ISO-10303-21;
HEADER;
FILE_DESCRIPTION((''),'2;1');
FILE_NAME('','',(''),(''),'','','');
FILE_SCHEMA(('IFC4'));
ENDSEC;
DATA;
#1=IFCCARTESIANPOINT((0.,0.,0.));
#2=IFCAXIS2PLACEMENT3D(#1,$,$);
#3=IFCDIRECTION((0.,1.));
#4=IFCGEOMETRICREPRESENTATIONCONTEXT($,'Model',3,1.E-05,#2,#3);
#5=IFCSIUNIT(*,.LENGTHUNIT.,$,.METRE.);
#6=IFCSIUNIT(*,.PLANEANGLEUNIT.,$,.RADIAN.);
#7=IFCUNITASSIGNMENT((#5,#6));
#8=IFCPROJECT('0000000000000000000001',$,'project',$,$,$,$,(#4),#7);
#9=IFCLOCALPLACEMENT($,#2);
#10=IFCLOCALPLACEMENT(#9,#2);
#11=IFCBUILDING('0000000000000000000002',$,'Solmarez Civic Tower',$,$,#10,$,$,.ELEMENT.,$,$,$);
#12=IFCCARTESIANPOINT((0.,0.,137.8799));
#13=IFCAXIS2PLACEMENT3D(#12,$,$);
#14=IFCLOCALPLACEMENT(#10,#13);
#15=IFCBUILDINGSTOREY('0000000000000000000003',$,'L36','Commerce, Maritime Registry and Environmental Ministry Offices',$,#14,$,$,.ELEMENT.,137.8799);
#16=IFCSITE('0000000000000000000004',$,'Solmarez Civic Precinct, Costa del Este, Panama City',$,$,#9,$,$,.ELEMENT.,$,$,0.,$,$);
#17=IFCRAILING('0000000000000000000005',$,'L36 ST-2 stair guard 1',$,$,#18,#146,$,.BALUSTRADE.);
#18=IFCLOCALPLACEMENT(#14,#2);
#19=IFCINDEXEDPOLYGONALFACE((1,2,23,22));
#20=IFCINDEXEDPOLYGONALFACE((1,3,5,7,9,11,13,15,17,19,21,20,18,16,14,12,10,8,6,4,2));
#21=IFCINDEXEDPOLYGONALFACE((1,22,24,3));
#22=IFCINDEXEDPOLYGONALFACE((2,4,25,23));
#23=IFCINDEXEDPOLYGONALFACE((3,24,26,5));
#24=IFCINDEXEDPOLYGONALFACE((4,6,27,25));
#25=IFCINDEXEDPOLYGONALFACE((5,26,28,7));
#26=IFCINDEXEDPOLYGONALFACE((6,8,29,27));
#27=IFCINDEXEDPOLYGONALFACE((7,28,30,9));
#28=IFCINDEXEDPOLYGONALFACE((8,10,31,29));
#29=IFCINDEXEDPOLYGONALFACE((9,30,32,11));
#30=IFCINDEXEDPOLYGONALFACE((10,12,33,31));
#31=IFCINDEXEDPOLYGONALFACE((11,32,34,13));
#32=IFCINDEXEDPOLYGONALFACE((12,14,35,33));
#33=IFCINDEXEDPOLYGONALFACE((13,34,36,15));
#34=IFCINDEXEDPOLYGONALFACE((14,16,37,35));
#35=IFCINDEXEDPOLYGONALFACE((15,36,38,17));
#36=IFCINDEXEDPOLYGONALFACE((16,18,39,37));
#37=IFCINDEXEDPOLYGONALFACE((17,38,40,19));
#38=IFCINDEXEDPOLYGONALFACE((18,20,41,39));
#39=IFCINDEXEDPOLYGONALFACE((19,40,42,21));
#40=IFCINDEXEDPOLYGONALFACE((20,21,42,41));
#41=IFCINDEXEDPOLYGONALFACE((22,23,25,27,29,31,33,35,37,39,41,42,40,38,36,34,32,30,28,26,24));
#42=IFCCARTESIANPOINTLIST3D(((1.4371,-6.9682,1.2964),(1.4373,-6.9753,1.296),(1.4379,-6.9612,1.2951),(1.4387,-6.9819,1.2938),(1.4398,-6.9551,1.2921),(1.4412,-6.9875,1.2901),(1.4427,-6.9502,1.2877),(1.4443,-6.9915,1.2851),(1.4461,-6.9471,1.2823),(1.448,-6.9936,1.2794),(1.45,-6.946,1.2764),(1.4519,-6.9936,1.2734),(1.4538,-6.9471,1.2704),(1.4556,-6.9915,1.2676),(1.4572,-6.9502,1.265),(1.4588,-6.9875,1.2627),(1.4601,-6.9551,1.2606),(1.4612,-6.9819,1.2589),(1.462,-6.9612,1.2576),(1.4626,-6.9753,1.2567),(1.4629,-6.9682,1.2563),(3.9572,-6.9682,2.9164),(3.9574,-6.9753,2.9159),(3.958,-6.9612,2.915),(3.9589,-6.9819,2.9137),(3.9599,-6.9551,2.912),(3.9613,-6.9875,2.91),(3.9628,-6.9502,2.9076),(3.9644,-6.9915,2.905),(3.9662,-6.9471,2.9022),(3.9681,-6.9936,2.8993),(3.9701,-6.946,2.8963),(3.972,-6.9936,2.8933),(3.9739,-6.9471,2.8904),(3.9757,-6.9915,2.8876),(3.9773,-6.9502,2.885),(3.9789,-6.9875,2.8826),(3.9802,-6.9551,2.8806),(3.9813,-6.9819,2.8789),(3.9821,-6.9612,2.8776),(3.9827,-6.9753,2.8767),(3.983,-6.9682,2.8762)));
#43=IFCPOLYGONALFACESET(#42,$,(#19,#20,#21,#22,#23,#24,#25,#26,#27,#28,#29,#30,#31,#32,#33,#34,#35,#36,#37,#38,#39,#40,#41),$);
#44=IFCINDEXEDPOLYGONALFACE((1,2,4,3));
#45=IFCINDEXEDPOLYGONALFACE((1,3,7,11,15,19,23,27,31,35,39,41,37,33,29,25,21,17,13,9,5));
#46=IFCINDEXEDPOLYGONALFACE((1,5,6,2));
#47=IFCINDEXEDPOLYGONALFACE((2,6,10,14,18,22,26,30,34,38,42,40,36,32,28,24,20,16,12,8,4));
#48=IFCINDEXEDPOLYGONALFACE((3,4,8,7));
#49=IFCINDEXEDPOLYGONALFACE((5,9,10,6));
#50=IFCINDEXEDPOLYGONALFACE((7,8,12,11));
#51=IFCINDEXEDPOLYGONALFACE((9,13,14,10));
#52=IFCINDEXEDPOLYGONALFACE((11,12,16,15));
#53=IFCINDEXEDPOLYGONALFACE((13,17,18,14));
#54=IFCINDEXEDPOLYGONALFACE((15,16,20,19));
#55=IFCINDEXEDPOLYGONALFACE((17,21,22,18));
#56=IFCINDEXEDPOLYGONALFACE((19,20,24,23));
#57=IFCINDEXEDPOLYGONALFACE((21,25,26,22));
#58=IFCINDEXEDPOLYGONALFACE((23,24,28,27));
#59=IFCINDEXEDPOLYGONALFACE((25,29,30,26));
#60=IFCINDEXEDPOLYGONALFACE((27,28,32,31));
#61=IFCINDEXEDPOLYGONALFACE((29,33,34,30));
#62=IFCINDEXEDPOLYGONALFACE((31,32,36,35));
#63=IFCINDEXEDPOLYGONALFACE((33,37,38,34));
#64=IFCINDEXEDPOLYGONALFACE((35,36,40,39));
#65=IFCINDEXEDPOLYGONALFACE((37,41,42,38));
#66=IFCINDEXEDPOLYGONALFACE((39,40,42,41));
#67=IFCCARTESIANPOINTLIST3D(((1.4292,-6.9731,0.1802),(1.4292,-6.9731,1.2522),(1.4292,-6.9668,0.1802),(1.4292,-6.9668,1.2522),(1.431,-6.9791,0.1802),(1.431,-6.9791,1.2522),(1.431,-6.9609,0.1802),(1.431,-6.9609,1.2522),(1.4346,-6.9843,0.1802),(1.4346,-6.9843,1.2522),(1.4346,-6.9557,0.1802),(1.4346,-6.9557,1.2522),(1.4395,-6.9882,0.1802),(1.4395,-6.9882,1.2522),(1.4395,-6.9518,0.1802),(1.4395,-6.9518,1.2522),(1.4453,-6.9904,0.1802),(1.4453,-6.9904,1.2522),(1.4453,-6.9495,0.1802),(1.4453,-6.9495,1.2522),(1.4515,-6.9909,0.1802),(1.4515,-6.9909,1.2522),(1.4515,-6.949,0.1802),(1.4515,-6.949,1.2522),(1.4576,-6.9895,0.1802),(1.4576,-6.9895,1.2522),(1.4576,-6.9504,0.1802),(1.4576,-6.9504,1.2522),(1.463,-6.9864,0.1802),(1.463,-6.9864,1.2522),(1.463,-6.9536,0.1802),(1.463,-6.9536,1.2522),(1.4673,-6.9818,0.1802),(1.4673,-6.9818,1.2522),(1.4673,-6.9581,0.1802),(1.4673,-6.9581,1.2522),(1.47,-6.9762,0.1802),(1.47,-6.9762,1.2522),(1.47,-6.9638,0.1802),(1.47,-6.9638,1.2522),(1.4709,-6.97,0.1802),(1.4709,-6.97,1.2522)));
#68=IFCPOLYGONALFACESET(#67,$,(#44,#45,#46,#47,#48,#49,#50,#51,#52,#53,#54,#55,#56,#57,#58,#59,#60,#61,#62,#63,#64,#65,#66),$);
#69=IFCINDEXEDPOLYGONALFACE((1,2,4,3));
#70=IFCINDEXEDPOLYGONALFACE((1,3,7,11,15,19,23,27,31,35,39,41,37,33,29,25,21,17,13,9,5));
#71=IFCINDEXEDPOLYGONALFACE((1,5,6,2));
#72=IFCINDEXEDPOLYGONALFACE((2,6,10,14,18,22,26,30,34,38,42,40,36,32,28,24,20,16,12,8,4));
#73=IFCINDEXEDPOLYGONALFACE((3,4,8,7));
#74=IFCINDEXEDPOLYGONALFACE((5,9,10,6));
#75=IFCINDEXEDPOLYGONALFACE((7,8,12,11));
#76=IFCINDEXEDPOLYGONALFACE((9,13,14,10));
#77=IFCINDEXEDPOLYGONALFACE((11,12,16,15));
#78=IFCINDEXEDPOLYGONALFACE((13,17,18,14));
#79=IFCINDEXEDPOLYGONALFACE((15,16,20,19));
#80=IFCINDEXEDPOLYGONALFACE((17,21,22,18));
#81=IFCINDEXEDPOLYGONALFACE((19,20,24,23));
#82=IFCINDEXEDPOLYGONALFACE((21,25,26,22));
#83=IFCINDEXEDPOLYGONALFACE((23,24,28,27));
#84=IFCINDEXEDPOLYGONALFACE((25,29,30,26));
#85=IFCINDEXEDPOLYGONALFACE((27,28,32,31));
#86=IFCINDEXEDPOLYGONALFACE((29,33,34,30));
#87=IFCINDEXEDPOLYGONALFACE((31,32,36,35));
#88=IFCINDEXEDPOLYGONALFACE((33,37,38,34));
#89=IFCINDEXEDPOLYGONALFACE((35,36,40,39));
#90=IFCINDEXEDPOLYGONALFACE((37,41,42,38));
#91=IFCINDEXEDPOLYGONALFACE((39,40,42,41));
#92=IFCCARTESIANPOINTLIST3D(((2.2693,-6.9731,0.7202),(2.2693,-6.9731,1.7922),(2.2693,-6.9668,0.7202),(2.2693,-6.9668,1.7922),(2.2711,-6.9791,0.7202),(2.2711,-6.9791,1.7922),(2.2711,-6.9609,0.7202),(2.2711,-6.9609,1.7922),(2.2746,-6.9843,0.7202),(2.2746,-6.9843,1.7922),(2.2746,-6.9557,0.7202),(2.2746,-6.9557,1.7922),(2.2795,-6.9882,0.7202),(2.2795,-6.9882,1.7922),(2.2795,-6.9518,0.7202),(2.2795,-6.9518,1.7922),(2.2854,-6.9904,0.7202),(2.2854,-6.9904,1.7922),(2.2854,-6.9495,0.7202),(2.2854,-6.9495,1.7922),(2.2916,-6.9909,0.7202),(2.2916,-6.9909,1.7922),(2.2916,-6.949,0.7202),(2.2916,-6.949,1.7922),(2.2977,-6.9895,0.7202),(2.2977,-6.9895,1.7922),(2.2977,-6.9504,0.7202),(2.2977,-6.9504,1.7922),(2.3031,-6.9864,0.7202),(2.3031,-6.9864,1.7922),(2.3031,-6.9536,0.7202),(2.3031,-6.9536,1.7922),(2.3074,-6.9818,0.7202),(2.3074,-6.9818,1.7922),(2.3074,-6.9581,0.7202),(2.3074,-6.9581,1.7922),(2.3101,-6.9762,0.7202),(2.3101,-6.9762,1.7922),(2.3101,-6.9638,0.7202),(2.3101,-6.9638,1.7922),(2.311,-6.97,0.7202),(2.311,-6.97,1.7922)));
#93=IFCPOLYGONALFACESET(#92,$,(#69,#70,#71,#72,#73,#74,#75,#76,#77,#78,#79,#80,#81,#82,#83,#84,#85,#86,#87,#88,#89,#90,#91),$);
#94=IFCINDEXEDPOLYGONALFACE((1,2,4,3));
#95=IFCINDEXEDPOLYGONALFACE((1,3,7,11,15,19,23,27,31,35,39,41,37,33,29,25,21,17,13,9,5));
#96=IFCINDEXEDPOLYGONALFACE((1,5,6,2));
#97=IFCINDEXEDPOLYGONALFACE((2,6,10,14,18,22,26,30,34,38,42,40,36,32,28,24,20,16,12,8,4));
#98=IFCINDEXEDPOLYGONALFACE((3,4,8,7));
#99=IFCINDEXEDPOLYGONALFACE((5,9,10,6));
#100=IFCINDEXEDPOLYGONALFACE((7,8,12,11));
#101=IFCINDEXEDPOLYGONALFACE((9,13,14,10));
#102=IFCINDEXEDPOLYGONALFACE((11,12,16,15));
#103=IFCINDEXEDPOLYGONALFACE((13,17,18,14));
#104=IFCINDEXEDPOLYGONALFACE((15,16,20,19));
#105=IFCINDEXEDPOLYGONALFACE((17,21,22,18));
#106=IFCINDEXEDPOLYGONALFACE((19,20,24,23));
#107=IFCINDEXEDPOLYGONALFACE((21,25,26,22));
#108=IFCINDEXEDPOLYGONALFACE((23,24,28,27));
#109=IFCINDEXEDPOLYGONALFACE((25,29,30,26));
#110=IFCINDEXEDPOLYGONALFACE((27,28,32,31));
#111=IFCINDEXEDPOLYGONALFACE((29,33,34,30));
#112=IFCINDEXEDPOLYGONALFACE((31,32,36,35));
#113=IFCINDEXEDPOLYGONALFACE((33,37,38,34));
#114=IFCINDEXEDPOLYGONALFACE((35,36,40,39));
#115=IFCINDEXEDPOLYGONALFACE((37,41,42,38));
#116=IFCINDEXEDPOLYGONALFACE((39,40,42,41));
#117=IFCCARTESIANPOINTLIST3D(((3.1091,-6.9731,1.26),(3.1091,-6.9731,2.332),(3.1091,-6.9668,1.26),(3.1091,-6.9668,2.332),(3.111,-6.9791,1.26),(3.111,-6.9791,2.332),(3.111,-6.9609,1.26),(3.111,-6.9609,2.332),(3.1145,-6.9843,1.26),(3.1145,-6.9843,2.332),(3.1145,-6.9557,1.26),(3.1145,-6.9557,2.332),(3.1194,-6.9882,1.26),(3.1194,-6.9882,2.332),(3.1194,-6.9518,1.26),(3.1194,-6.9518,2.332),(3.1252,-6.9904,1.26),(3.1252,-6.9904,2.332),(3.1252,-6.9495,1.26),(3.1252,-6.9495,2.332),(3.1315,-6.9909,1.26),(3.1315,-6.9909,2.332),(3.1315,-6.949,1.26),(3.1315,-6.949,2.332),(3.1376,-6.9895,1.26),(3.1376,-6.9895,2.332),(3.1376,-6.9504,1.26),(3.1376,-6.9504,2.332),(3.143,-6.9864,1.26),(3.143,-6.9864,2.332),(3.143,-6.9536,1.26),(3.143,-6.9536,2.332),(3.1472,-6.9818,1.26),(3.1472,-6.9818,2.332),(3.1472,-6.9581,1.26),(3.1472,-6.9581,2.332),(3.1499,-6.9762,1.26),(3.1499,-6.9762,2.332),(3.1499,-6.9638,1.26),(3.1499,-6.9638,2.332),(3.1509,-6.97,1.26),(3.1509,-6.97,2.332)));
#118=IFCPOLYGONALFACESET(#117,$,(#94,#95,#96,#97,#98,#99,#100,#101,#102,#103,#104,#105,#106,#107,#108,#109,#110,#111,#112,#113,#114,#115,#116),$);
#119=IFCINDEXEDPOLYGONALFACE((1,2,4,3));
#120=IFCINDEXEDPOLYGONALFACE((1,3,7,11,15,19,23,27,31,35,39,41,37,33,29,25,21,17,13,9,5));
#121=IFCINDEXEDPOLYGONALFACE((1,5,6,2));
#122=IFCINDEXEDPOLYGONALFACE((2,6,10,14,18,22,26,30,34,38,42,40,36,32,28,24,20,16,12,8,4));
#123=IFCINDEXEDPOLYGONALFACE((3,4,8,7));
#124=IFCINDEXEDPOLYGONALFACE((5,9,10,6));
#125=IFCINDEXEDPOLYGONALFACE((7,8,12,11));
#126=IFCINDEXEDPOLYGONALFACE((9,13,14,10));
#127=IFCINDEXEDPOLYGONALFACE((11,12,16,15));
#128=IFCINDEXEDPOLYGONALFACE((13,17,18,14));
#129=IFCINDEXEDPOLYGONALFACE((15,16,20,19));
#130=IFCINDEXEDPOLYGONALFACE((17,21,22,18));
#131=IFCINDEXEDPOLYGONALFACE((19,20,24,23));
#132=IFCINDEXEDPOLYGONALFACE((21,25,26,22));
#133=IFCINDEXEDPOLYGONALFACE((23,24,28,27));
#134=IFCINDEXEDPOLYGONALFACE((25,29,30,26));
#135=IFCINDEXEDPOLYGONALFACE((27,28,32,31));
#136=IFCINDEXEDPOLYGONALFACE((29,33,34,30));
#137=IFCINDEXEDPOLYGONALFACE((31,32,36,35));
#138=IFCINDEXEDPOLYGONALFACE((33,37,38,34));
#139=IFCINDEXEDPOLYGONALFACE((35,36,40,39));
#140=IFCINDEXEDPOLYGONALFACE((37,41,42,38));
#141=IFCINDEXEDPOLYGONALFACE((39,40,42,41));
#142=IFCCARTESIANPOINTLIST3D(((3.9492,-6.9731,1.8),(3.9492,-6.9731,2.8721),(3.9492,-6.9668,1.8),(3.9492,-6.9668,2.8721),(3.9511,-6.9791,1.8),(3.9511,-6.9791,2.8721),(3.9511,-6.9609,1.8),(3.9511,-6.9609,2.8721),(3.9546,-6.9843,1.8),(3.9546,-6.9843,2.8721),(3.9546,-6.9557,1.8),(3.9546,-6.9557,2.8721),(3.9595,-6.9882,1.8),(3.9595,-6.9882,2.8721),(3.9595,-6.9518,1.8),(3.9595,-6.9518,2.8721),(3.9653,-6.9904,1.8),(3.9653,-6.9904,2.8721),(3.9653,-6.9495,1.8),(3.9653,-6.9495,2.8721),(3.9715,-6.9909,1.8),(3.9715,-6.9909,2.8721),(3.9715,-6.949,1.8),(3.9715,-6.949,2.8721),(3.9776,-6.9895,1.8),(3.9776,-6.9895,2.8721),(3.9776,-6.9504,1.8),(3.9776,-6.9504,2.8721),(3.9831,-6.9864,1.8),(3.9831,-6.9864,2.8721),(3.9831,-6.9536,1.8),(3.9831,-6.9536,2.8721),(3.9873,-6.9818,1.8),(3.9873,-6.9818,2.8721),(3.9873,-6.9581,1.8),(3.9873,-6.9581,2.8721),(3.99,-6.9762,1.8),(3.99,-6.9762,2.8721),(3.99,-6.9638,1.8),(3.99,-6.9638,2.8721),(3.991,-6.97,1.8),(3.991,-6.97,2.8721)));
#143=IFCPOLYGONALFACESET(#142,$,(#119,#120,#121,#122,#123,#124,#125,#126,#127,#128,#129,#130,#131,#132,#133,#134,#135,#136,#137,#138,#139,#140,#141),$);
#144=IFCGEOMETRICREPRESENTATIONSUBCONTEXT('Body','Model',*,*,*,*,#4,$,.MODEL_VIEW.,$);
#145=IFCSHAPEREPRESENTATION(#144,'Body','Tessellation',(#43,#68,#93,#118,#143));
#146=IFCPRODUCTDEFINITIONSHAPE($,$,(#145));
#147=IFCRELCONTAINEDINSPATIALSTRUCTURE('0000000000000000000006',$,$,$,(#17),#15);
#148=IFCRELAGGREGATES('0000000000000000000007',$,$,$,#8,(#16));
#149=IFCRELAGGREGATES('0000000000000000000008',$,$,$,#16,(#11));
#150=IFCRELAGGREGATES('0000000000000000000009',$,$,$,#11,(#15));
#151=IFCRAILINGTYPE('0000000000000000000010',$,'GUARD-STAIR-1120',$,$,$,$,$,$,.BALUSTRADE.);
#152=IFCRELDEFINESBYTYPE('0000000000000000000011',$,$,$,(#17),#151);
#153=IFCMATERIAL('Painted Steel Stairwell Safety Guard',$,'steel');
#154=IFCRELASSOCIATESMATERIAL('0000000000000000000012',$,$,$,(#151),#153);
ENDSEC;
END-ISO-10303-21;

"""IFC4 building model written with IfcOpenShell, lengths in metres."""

from ifc_helpers import new_model, si_unit, direction, frame, origin, origin_2d, place, context, subcontext, project, spatial, circle, extrude, material, type_object, element, save


model = new_model("IFC4")

# Units and contexts
model_context = context("Model", 3, precision=1e-05, world=origin(), true_north=direction((0.0, 1.0)))
body_context = subcontext(model_context, "Body", "Model", "MODEL_VIEW")
ifc_project = project(units=[si_unit("LENGTHUNIT", "METRE"), si_unit("PLANEANGLEUNIT", "RADIAN")], contexts=[model_context])

# Site, building, storey
site_placement = place(None, origin())
site = spatial("IfcSite", under=ifc_project, at=site_placement, Name="Solmarez Civic Precinct, Costa del Este, Panama City", CompositionType="ELEMENT", RefElevation=0.0)
building_placement = place(site_placement, origin())
building = spatial("IfcBuilding", under=site, at=building_placement, Name="Solmarez Civic Tower", CompositionType="ELEMENT")
storey_placement = place(building_placement, frame((0.0, 0.0, 137.8799)))
storey = spatial("IfcBuildingStorey", under=building, at=storey_placement, Name="L36", Description="Commerce, Maritime Registry and Environmental Ministry Offices", CompositionType="ELEMENT", Elevation=137.8799)

# Railing
ifc_material_1 = material(Name="Painted Steel Stairwell Safety Guard", Category="steel")
railing_type_1 = type_object("IfcRailingType", Name="GUARD-STAIR-1120", PredefinedType="BALUSTRADE", material=ifc_material_1)
railing_1_placement = place(storey_placement, frame((1.45, -6.97, 0.1802)))
element("IfcRailing", 1, at=railing_1_placement, inside=storey, type_object=railing_type_1, Name="L36 ST-2 stair guard 1", PredefinedType="BALUSTRADE", context=body_context, shape_type="SweptSolid", body=[
    extrude(circle(Radius=0.0239, at=origin_2d()), frame((0.0, 0.0, 1.0962), z_axis=(0.8412, 0.0, 0.540725), x_axis=(0.0, 1.0, 0.0)), (0.0, 0.0, 1.0), 2.9958),
    extrude(circle(Radius=0.021, at=origin_2d()), origin(), (0.0, 0.0, 1.0), 1.072),
    extrude(circle(Radius=0.021, at=origin_2d()), frame((0.8401, 0.0, 0.54)), (0.0, 0.0, 1.0), 1.072),
    extrude(circle(Radius=0.021, at=origin_2d()), frame((1.6799, 0.0, 1.0798)), (0.0, 0.0, 1.0), 1.072),
    extrude(circle(Radius=0.021, at=origin_2d()), frame((2.52, 0.0, 1.6199)), (0.0, 0.0, 1.0), 1.072),
])

save(model, "model.ifc")
